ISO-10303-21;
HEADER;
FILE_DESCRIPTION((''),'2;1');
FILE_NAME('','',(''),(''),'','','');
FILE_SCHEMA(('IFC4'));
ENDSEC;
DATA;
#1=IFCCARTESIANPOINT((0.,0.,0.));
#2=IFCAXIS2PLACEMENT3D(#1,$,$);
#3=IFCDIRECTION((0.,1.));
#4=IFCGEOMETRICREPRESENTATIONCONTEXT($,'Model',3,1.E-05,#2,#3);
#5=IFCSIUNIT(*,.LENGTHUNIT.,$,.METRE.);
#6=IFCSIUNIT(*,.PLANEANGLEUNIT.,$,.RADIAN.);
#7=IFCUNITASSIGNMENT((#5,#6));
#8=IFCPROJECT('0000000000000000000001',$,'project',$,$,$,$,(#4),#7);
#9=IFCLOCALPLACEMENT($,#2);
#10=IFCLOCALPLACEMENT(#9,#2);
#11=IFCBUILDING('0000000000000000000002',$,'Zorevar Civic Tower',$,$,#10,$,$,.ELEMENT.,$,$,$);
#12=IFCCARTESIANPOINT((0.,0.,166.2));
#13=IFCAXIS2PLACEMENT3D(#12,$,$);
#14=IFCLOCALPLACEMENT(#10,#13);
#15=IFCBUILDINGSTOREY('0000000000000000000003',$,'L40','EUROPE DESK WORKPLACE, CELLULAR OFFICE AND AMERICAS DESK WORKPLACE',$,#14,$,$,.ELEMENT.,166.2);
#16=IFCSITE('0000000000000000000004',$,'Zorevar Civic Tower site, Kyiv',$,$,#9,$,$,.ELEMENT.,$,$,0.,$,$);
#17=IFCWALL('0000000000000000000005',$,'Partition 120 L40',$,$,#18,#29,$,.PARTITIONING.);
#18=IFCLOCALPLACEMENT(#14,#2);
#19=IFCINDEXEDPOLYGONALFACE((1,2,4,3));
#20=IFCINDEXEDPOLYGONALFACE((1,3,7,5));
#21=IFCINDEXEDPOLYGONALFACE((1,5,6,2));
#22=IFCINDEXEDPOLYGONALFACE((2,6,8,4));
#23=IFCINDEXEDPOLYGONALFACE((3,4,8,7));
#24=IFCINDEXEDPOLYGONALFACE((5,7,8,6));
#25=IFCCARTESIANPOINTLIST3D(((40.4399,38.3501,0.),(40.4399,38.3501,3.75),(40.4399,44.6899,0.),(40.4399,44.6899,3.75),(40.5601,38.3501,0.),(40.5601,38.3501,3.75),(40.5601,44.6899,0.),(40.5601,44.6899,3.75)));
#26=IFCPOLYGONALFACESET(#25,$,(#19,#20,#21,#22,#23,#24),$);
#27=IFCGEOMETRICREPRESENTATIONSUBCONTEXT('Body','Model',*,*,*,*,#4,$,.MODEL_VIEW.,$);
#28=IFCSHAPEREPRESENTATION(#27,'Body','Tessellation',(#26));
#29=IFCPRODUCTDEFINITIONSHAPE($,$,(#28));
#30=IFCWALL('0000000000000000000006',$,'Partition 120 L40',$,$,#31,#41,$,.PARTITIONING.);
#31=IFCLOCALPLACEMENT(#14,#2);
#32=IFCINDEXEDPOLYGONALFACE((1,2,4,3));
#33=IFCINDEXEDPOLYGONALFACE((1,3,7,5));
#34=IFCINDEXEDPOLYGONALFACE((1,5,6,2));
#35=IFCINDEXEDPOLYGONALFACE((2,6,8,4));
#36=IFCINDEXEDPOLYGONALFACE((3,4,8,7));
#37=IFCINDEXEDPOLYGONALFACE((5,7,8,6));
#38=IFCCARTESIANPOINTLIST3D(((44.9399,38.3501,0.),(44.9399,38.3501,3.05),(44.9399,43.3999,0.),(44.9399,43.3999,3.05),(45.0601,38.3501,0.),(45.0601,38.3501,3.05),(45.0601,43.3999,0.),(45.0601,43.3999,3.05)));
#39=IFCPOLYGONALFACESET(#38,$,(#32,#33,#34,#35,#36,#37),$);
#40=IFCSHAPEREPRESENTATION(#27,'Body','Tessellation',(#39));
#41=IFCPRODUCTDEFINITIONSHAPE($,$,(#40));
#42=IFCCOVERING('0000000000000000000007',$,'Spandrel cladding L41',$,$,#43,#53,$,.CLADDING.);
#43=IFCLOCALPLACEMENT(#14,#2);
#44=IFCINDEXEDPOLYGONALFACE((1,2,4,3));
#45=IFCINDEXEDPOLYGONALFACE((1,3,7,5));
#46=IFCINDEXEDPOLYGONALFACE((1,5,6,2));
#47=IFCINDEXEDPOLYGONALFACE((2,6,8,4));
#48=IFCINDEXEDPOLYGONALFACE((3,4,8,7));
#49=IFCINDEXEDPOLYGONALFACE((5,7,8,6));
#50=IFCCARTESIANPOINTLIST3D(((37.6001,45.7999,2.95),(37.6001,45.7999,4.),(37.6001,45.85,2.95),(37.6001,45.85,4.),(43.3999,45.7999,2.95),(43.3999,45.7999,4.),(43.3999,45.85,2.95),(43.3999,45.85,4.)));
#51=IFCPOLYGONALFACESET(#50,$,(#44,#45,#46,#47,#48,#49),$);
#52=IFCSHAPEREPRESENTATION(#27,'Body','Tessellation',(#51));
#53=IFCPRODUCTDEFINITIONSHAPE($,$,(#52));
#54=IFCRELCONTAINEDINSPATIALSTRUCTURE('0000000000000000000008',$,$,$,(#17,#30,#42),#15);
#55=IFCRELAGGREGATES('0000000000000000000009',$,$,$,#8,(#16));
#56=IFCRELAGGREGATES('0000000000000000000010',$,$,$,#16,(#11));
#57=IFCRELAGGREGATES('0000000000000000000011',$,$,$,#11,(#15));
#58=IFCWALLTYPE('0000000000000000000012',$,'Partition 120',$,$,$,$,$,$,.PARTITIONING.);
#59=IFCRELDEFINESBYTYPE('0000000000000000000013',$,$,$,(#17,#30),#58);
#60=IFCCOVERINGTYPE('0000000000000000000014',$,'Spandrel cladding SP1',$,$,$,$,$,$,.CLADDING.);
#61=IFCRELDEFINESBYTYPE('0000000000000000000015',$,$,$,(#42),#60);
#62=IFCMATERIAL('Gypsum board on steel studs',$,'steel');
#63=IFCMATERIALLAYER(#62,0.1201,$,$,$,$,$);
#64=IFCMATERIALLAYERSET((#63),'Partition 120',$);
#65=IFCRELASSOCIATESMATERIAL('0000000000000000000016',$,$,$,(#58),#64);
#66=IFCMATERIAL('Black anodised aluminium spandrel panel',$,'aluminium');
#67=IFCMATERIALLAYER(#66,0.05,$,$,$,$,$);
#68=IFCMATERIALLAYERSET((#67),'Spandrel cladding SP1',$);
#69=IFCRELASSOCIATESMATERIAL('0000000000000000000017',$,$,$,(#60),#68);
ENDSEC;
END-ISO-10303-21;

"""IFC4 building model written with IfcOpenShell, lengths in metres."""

from ifc_helpers import new_model, si_unit, direction, frame, frame_2d, origin, place, context, subcontext, project, spatial, rectangle, extrude, material, layer, layer_set, type_object, element, save


model = new_model("IFC4")

# Units and contexts
model_context = context("Model", 3, precision=1e-05, world=origin(), true_north=direction((0.0, 1.0)))
body_context = subcontext(model_context, "Body", "Model", "MODEL_VIEW")
ifc_project = project(units=[si_unit("LENGTHUNIT", "METRE"), si_unit("PLANEANGLEUNIT", "RADIAN")], contexts=[model_context])

# Site, building, storey
site_placement = place(None, origin())
site = spatial("IfcSite", under=ifc_project, at=site_placement, Name="Zorevar Civic Tower site, Kyiv", CompositionType="ELEMENT", RefElevation=0.0)
building_placement = place(site_placement, origin())
building = spatial("IfcBuilding", under=site, at=building_placement, Name="Zorevar Civic Tower", CompositionType="ELEMENT")
storey_placement = place(building_placement, frame((0.0, 0.0, 166.2)))
storey = spatial("IfcBuildingStorey", under=building, at=storey_placement, Name="L40", Description="EUROPE DESK WORKPLACE, CELLULAR OFFICE AND AMERICAS DESK WORKPLACE", CompositionType="ELEMENT", Elevation=166.2)

# Shared definitions
ifc_material_1 = material(Name="Gypsum board on steel studs", Category="steel")
ifc_layer_1 = layer(ifc_material_1, 0.1201)
ifc_layer_set_1 = layer_set([ifc_layer_1], Name="Partition 120")
wall_type_1 = type_object("IfcWallType", Name="Partition 120", PredefinedType="PARTITIONING", material=ifc_layer_set_1)

# Walls
wall_1_placement = place(storey_placement, frame((40.5, 38.3501, 0.0), z_axis=(0.0, 0.0, 1.0), x_axis=(0.0, 1.0, 0.0)))
element("IfcWall", 1, at=wall_1_placement, inside=storey, type_object=wall_type_1, Name="Partition 120 L40", PredefinedType="PARTITIONING", context=body_context, shape_type="SweptSolid", body=[
    extrude(rectangle(XDim=6.3398, YDim=0.1201, at=frame_2d((3.1699, 0.0))), origin(), (0.0, 0.0, 1.0), 3.75),
])
wall_2_placement = place(storey_placement, frame((45.0, 38.3501, 0.0), z_axis=(0.0, 0.0, 1.0), x_axis=(0.0, 1.0, 0.0)))
element("IfcWall", 2, at=wall_2_placement, inside=storey, type_object=wall_type_1, Name="Partition 120 L40", PredefinedType="PARTITIONING", context=body_context, shape_type="SweptSolid", body=[
    extrude(rectangle(XDim=5.0498, YDim=0.1201, at=frame_2d((2.5249, 0.0))), origin(), (0.0, 0.0, 1.0), 3.05),
])

# Covering
ifc_material_2 = material(Name="Black anodised aluminium spandrel panel", Category="aluminium")
ifc_layer_2 = layer(ifc_material_2, 0.05)
ifc_layer_set_2 = layer_set([ifc_layer_2], Name="Spandrel cladding SP1")
covering_type = type_object("IfcCoveringType", Name="Spandrel cladding SP1", PredefinedType="CLADDING", material=ifc_layer_set_2)
covering_placement = place(storey_placement, frame((37.6001, 45.825, 2.95), z_axis=(0.0, 0.0, 1.0), x_axis=(1.0, 0.0, 0.0)))
element("IfcCovering", 3, at=covering_placement, inside=storey, type_object=covering_type, Name="Spandrel cladding L41", PredefinedType="CLADDING", context=body_context, shape_type="SweptSolid", body=[
    extrude(rectangle(XDim=5.7998, YDim=0.05, at=frame_2d((2.8999, 0.0))), origin(), (0.0, 0.0, 1.0), 1.05),
])

save(model, "model.ifc")
